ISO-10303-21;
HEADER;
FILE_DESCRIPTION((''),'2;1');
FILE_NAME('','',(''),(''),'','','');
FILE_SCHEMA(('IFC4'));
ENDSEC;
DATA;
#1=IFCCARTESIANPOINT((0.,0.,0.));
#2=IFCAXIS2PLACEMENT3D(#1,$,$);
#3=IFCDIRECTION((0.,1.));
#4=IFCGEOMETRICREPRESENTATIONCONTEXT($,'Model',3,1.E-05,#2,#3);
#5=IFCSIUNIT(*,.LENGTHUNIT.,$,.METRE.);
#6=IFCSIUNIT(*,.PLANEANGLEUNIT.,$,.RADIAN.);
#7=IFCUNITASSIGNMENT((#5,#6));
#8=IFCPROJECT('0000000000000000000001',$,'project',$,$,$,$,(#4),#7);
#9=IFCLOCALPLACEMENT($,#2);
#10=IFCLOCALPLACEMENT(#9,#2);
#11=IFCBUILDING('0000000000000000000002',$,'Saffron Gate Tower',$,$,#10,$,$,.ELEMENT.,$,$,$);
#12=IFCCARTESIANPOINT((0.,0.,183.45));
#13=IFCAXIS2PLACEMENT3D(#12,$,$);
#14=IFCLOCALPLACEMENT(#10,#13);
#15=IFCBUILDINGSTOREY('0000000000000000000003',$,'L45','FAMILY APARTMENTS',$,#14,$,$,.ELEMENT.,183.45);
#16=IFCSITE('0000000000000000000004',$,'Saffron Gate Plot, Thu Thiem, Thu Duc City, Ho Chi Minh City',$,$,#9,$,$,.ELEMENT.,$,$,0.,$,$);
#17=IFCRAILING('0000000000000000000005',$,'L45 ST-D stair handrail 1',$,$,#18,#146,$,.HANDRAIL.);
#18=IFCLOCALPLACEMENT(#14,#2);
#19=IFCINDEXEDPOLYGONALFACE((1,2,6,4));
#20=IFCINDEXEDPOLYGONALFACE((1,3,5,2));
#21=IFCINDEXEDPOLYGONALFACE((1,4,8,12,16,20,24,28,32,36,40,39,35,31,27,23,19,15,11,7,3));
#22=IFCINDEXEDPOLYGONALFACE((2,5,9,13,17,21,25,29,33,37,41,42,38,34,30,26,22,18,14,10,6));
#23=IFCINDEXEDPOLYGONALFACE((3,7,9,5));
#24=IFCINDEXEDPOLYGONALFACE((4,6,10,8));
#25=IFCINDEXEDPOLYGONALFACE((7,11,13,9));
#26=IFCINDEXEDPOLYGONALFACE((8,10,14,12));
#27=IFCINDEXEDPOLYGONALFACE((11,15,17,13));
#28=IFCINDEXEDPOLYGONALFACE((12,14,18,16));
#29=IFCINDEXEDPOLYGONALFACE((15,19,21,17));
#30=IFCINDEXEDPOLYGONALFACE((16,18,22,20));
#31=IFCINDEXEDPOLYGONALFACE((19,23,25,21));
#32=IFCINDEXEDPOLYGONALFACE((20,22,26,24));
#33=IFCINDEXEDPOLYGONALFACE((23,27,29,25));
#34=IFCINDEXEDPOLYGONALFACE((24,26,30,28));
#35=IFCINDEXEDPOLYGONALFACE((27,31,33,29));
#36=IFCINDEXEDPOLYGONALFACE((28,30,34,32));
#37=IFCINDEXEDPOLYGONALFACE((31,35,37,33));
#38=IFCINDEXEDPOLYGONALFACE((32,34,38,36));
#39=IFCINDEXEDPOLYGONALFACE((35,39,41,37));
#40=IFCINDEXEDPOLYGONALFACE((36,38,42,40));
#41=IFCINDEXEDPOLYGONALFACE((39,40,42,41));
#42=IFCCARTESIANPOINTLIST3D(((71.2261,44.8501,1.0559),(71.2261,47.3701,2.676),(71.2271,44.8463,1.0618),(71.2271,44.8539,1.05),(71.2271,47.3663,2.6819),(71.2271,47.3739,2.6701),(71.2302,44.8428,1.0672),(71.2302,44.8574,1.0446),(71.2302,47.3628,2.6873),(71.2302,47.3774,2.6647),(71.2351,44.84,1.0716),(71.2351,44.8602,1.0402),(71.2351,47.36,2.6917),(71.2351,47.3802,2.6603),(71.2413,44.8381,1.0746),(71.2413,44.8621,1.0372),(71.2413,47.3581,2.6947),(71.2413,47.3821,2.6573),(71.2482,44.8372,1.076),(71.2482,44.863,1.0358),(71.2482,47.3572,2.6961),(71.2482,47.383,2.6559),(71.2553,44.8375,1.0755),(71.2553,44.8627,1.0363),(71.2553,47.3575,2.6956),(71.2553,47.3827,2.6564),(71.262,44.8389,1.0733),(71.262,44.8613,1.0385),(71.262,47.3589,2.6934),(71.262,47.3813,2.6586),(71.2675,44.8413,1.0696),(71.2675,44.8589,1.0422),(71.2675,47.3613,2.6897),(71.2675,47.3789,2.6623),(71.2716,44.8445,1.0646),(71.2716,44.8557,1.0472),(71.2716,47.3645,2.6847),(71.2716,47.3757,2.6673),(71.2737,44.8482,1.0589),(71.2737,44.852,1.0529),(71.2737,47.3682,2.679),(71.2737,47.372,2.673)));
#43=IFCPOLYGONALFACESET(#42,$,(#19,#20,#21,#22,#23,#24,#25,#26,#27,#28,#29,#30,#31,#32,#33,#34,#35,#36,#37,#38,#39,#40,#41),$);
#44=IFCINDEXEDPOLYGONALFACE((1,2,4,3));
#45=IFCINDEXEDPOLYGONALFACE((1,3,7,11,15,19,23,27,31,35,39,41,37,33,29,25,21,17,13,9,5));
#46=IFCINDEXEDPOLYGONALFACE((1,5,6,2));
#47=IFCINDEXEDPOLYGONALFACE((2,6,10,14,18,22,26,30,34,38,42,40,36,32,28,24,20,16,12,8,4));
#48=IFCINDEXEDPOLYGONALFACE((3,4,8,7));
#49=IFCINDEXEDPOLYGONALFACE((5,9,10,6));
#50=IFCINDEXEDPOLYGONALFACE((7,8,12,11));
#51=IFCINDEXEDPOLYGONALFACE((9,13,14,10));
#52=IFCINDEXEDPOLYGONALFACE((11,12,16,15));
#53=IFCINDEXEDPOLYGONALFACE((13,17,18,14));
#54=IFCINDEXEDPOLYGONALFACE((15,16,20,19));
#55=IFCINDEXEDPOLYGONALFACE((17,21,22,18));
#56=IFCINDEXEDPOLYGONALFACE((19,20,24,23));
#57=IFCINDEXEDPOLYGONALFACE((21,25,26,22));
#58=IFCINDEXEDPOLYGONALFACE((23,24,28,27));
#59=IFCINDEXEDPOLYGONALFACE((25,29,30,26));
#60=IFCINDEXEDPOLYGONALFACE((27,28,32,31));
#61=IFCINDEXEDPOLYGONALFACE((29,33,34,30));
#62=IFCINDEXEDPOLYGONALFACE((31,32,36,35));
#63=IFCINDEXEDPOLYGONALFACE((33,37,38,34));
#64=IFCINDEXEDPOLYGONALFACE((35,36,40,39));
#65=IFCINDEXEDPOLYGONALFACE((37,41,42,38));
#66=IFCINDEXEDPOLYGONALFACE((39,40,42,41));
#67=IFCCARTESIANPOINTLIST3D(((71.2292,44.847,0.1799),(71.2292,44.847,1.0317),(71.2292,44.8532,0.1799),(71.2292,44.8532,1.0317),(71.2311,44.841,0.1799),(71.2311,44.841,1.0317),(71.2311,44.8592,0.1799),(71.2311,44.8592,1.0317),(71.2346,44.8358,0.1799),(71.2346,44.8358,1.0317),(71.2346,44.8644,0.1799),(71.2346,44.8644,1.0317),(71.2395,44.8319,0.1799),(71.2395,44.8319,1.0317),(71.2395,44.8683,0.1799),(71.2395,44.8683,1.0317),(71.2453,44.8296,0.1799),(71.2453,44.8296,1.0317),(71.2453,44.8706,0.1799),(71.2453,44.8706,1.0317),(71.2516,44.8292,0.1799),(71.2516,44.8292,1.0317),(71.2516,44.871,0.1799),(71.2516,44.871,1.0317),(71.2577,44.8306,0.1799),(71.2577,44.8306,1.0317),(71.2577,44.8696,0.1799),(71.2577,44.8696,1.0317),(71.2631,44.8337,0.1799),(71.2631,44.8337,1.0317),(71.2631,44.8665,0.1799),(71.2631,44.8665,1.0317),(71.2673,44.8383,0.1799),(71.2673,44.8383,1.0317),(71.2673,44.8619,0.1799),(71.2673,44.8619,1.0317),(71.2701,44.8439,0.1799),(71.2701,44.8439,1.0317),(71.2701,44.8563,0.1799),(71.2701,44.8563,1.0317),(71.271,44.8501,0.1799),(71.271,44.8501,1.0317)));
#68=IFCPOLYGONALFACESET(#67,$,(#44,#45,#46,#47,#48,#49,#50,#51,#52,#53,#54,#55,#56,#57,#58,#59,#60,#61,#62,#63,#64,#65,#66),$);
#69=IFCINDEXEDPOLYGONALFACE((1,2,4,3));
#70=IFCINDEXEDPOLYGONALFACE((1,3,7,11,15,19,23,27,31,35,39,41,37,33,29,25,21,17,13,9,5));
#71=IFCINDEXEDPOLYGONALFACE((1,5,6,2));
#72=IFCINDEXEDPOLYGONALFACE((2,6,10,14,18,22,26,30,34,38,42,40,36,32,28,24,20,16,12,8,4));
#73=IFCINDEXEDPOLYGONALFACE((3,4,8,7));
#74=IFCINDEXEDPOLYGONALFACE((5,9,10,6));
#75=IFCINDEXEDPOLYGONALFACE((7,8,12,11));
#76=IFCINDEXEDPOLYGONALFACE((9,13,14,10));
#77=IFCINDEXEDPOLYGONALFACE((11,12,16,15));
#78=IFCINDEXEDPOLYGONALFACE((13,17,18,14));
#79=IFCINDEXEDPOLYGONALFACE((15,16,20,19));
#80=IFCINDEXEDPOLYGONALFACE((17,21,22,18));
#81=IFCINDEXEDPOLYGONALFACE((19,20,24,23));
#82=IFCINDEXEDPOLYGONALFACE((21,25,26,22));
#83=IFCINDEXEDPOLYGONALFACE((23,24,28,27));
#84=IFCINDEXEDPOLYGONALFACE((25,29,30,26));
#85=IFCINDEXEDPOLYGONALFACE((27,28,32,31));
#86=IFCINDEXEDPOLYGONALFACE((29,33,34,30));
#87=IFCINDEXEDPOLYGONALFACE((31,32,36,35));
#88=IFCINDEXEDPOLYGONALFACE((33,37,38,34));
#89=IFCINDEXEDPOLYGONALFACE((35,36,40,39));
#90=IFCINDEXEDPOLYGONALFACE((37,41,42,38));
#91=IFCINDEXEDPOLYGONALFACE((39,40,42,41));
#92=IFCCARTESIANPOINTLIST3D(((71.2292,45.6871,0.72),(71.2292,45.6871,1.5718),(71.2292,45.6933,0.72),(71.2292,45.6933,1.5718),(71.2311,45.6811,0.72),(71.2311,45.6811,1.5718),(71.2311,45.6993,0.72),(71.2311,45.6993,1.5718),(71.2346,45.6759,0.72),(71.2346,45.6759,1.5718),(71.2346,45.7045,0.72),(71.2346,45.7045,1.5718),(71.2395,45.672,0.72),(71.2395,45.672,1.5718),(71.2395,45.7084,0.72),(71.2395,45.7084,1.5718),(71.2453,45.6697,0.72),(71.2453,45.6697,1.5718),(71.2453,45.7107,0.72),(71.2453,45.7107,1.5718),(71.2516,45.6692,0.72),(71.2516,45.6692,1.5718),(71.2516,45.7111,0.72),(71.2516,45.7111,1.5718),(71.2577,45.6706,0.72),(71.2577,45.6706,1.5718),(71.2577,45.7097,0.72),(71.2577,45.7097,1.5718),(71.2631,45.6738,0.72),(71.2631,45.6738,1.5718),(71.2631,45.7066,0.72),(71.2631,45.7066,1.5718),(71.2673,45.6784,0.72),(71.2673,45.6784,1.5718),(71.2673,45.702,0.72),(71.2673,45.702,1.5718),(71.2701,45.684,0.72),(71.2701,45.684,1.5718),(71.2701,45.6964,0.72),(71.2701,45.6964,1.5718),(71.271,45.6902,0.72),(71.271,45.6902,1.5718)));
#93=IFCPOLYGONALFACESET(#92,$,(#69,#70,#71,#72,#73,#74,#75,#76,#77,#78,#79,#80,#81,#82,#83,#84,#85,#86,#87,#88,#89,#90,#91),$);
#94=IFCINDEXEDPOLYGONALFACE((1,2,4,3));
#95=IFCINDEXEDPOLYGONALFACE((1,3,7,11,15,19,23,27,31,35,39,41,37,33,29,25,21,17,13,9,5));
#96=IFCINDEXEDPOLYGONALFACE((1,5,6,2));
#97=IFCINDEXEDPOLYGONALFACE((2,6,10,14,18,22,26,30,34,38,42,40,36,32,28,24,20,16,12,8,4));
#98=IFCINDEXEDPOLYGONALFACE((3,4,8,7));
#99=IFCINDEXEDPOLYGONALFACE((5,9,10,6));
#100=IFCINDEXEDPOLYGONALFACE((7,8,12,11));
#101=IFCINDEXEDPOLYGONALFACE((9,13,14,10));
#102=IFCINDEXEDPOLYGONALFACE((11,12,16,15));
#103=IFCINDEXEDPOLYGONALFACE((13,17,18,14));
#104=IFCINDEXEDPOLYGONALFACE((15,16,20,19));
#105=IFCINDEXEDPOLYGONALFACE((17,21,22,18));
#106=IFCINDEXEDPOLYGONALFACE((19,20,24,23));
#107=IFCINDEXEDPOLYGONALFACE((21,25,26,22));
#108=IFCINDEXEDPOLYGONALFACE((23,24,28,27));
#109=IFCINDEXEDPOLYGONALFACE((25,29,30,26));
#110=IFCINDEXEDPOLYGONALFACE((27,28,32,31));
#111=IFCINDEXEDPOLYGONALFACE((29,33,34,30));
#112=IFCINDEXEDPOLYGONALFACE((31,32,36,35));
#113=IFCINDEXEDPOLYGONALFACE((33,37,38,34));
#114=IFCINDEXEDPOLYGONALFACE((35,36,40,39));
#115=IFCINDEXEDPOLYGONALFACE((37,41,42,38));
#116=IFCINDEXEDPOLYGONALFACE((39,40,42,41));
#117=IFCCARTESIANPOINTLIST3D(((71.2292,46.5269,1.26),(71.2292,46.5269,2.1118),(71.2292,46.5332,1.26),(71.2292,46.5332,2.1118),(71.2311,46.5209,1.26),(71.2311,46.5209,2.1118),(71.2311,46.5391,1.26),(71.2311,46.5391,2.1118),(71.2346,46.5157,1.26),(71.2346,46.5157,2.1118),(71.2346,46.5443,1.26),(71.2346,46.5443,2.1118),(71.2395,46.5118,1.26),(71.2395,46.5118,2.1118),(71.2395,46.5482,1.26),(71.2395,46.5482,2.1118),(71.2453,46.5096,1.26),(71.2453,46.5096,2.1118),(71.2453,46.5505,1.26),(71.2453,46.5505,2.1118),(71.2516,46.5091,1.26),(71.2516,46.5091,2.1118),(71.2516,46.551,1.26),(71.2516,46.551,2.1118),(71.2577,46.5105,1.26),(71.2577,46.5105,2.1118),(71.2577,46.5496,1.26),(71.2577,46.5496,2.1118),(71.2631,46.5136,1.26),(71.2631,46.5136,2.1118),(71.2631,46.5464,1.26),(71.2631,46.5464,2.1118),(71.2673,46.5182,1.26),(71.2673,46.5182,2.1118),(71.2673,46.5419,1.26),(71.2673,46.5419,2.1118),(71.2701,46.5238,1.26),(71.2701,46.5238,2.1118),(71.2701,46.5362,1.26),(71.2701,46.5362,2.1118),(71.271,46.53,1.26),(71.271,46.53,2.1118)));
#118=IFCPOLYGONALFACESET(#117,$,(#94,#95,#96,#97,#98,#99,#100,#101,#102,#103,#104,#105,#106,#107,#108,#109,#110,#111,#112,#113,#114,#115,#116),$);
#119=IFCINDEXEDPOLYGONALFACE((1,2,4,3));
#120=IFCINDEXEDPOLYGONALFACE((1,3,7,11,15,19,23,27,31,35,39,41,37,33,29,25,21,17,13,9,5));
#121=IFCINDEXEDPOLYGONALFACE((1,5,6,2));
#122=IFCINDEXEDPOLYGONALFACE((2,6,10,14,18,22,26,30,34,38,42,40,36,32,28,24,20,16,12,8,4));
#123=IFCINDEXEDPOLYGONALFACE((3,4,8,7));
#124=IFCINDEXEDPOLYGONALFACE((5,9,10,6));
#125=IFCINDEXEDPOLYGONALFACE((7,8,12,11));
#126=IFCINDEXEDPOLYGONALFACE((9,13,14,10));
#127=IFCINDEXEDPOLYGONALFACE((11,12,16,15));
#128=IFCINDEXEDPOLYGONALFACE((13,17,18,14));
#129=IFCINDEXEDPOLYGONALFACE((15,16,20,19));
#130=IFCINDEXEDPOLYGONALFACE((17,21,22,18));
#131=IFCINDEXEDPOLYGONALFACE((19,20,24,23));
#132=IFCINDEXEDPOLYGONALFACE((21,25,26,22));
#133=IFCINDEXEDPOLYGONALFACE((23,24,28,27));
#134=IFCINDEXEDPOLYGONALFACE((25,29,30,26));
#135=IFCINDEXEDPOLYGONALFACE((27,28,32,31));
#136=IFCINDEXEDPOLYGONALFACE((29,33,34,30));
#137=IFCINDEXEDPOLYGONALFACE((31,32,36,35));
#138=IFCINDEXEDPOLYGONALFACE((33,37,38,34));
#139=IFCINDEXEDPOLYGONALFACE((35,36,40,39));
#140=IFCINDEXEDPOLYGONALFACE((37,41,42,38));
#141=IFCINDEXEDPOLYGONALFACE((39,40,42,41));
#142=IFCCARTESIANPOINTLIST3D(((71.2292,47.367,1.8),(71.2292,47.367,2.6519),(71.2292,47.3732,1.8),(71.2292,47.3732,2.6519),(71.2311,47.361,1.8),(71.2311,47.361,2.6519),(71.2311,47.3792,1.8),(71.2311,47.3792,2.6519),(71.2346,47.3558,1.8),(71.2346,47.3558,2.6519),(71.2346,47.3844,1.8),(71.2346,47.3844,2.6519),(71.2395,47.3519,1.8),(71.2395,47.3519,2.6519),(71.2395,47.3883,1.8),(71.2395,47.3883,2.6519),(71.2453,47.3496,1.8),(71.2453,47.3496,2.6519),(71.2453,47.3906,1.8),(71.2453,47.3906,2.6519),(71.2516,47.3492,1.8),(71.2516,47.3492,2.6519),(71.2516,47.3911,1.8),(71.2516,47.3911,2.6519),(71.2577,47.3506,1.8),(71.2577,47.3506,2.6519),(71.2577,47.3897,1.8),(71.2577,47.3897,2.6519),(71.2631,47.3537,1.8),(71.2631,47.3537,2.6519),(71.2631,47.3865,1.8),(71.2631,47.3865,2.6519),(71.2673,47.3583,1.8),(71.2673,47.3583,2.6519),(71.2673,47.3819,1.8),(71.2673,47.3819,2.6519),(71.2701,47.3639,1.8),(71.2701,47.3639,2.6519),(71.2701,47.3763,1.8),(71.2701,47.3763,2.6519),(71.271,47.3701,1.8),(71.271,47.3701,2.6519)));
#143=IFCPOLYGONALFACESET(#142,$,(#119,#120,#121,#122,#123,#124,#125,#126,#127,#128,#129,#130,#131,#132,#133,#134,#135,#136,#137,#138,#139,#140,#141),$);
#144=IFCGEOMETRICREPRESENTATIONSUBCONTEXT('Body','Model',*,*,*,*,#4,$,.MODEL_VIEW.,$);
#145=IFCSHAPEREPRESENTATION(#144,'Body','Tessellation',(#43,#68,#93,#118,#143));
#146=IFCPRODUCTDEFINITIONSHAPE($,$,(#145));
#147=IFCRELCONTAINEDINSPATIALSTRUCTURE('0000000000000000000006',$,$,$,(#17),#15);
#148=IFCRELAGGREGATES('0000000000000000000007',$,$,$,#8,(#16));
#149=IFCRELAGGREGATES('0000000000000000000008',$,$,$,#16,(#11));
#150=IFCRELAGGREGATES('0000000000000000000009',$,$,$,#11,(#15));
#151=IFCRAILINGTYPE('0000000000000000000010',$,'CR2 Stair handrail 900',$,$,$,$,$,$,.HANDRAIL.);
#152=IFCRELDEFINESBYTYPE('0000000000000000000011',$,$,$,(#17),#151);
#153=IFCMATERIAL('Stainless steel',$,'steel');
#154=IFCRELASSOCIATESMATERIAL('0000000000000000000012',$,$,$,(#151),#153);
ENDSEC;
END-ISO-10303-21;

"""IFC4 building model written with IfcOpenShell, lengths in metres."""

from ifc_helpers import new_model, si_unit, direction, frame, origin, origin_2d, place, context, subcontext, project, spatial, circle, extrude, material, type_object, element, save


model = new_model("IFC4")

# Units and contexts
model_context = context("Model", 3, precision=1e-05, world=origin(), true_north=direction((0.0, 1.0)))
body_context = subcontext(model_context, "Body", "Model", "MODEL_VIEW")
ifc_project = project(units=[si_unit("LENGTHUNIT", "METRE"), si_unit("PLANEANGLEUNIT", "RADIAN")], contexts=[model_context])

# Site, building, storey
site_placement = place(None, origin())
site = spatial("IfcSite", under=ifc_project, at=site_placement, Name="Saffron Gate Plot, Thu Thiem, Thu Duc City, Ho Chi Minh City", CompositionType="ELEMENT", RefElevation=0.0)
building_placement = place(site_placement, origin())
building = spatial("IfcBuilding", under=site, at=building_placement, Name="Saffron Gate Tower", CompositionType="ELEMENT")
storey_placement = place(building_placement, frame((0.0, 0.0, 183.45)))
storey = spatial("IfcBuildingStorey", under=building, at=storey_placement, Name="L45", Description="FAMILY APARTMENTS", CompositionType="ELEMENT", Elevation=183.45)

# Railing
ifc_material_1 = material(Name="Stainless steel", Category="steel")
railing_type_1 = type_object("IfcRailingType", Name="CR2 Stair handrail 900", PredefinedType="HANDRAIL", material=ifc_material_1)
railing_1_placement = place(storey_placement, frame((71.25, 44.8501, 0.1799)))
element("IfcRailing", 1, at=railing_1_placement, inside=storey, type_object=railing_type_1, Name="L45 ST-D stair handrail 1", PredefinedType="HANDRAIL", context=body_context, shape_type="SweptSolid", body=[
    extrude(circle(Radius=0.0239, at=origin_2d()), frame((0.0, 0.0, 0.876), z_axis=(0.0, 0.841163, 0.540782), x_axis=(-1.0, 0.0, 0.0)), (0.0, 0.0, 1.0), 2.9958),
    extrude(circle(Radius=0.021, at=origin_2d()), origin(), (0.0, 0.0, 1.0), 0.8518),
    extrude(circle(Radius=0.021, at=origin_2d()), frame((0.0, 0.8401, 0.54)), (0.0, 0.0, 1.0), 0.8518),
    extrude(circle(Radius=0.021, at=origin_2d()), frame((0.0, 1.6799, 1.0801)), (0.0, 0.0, 1.0), 0.8518),
    extrude(circle(Radius=0.021, at=origin_2d()), frame((0.0, 2.52, 1.6201)), (0.0, 0.0, 1.0), 0.8518),
])

save(model, "model.ifc")
